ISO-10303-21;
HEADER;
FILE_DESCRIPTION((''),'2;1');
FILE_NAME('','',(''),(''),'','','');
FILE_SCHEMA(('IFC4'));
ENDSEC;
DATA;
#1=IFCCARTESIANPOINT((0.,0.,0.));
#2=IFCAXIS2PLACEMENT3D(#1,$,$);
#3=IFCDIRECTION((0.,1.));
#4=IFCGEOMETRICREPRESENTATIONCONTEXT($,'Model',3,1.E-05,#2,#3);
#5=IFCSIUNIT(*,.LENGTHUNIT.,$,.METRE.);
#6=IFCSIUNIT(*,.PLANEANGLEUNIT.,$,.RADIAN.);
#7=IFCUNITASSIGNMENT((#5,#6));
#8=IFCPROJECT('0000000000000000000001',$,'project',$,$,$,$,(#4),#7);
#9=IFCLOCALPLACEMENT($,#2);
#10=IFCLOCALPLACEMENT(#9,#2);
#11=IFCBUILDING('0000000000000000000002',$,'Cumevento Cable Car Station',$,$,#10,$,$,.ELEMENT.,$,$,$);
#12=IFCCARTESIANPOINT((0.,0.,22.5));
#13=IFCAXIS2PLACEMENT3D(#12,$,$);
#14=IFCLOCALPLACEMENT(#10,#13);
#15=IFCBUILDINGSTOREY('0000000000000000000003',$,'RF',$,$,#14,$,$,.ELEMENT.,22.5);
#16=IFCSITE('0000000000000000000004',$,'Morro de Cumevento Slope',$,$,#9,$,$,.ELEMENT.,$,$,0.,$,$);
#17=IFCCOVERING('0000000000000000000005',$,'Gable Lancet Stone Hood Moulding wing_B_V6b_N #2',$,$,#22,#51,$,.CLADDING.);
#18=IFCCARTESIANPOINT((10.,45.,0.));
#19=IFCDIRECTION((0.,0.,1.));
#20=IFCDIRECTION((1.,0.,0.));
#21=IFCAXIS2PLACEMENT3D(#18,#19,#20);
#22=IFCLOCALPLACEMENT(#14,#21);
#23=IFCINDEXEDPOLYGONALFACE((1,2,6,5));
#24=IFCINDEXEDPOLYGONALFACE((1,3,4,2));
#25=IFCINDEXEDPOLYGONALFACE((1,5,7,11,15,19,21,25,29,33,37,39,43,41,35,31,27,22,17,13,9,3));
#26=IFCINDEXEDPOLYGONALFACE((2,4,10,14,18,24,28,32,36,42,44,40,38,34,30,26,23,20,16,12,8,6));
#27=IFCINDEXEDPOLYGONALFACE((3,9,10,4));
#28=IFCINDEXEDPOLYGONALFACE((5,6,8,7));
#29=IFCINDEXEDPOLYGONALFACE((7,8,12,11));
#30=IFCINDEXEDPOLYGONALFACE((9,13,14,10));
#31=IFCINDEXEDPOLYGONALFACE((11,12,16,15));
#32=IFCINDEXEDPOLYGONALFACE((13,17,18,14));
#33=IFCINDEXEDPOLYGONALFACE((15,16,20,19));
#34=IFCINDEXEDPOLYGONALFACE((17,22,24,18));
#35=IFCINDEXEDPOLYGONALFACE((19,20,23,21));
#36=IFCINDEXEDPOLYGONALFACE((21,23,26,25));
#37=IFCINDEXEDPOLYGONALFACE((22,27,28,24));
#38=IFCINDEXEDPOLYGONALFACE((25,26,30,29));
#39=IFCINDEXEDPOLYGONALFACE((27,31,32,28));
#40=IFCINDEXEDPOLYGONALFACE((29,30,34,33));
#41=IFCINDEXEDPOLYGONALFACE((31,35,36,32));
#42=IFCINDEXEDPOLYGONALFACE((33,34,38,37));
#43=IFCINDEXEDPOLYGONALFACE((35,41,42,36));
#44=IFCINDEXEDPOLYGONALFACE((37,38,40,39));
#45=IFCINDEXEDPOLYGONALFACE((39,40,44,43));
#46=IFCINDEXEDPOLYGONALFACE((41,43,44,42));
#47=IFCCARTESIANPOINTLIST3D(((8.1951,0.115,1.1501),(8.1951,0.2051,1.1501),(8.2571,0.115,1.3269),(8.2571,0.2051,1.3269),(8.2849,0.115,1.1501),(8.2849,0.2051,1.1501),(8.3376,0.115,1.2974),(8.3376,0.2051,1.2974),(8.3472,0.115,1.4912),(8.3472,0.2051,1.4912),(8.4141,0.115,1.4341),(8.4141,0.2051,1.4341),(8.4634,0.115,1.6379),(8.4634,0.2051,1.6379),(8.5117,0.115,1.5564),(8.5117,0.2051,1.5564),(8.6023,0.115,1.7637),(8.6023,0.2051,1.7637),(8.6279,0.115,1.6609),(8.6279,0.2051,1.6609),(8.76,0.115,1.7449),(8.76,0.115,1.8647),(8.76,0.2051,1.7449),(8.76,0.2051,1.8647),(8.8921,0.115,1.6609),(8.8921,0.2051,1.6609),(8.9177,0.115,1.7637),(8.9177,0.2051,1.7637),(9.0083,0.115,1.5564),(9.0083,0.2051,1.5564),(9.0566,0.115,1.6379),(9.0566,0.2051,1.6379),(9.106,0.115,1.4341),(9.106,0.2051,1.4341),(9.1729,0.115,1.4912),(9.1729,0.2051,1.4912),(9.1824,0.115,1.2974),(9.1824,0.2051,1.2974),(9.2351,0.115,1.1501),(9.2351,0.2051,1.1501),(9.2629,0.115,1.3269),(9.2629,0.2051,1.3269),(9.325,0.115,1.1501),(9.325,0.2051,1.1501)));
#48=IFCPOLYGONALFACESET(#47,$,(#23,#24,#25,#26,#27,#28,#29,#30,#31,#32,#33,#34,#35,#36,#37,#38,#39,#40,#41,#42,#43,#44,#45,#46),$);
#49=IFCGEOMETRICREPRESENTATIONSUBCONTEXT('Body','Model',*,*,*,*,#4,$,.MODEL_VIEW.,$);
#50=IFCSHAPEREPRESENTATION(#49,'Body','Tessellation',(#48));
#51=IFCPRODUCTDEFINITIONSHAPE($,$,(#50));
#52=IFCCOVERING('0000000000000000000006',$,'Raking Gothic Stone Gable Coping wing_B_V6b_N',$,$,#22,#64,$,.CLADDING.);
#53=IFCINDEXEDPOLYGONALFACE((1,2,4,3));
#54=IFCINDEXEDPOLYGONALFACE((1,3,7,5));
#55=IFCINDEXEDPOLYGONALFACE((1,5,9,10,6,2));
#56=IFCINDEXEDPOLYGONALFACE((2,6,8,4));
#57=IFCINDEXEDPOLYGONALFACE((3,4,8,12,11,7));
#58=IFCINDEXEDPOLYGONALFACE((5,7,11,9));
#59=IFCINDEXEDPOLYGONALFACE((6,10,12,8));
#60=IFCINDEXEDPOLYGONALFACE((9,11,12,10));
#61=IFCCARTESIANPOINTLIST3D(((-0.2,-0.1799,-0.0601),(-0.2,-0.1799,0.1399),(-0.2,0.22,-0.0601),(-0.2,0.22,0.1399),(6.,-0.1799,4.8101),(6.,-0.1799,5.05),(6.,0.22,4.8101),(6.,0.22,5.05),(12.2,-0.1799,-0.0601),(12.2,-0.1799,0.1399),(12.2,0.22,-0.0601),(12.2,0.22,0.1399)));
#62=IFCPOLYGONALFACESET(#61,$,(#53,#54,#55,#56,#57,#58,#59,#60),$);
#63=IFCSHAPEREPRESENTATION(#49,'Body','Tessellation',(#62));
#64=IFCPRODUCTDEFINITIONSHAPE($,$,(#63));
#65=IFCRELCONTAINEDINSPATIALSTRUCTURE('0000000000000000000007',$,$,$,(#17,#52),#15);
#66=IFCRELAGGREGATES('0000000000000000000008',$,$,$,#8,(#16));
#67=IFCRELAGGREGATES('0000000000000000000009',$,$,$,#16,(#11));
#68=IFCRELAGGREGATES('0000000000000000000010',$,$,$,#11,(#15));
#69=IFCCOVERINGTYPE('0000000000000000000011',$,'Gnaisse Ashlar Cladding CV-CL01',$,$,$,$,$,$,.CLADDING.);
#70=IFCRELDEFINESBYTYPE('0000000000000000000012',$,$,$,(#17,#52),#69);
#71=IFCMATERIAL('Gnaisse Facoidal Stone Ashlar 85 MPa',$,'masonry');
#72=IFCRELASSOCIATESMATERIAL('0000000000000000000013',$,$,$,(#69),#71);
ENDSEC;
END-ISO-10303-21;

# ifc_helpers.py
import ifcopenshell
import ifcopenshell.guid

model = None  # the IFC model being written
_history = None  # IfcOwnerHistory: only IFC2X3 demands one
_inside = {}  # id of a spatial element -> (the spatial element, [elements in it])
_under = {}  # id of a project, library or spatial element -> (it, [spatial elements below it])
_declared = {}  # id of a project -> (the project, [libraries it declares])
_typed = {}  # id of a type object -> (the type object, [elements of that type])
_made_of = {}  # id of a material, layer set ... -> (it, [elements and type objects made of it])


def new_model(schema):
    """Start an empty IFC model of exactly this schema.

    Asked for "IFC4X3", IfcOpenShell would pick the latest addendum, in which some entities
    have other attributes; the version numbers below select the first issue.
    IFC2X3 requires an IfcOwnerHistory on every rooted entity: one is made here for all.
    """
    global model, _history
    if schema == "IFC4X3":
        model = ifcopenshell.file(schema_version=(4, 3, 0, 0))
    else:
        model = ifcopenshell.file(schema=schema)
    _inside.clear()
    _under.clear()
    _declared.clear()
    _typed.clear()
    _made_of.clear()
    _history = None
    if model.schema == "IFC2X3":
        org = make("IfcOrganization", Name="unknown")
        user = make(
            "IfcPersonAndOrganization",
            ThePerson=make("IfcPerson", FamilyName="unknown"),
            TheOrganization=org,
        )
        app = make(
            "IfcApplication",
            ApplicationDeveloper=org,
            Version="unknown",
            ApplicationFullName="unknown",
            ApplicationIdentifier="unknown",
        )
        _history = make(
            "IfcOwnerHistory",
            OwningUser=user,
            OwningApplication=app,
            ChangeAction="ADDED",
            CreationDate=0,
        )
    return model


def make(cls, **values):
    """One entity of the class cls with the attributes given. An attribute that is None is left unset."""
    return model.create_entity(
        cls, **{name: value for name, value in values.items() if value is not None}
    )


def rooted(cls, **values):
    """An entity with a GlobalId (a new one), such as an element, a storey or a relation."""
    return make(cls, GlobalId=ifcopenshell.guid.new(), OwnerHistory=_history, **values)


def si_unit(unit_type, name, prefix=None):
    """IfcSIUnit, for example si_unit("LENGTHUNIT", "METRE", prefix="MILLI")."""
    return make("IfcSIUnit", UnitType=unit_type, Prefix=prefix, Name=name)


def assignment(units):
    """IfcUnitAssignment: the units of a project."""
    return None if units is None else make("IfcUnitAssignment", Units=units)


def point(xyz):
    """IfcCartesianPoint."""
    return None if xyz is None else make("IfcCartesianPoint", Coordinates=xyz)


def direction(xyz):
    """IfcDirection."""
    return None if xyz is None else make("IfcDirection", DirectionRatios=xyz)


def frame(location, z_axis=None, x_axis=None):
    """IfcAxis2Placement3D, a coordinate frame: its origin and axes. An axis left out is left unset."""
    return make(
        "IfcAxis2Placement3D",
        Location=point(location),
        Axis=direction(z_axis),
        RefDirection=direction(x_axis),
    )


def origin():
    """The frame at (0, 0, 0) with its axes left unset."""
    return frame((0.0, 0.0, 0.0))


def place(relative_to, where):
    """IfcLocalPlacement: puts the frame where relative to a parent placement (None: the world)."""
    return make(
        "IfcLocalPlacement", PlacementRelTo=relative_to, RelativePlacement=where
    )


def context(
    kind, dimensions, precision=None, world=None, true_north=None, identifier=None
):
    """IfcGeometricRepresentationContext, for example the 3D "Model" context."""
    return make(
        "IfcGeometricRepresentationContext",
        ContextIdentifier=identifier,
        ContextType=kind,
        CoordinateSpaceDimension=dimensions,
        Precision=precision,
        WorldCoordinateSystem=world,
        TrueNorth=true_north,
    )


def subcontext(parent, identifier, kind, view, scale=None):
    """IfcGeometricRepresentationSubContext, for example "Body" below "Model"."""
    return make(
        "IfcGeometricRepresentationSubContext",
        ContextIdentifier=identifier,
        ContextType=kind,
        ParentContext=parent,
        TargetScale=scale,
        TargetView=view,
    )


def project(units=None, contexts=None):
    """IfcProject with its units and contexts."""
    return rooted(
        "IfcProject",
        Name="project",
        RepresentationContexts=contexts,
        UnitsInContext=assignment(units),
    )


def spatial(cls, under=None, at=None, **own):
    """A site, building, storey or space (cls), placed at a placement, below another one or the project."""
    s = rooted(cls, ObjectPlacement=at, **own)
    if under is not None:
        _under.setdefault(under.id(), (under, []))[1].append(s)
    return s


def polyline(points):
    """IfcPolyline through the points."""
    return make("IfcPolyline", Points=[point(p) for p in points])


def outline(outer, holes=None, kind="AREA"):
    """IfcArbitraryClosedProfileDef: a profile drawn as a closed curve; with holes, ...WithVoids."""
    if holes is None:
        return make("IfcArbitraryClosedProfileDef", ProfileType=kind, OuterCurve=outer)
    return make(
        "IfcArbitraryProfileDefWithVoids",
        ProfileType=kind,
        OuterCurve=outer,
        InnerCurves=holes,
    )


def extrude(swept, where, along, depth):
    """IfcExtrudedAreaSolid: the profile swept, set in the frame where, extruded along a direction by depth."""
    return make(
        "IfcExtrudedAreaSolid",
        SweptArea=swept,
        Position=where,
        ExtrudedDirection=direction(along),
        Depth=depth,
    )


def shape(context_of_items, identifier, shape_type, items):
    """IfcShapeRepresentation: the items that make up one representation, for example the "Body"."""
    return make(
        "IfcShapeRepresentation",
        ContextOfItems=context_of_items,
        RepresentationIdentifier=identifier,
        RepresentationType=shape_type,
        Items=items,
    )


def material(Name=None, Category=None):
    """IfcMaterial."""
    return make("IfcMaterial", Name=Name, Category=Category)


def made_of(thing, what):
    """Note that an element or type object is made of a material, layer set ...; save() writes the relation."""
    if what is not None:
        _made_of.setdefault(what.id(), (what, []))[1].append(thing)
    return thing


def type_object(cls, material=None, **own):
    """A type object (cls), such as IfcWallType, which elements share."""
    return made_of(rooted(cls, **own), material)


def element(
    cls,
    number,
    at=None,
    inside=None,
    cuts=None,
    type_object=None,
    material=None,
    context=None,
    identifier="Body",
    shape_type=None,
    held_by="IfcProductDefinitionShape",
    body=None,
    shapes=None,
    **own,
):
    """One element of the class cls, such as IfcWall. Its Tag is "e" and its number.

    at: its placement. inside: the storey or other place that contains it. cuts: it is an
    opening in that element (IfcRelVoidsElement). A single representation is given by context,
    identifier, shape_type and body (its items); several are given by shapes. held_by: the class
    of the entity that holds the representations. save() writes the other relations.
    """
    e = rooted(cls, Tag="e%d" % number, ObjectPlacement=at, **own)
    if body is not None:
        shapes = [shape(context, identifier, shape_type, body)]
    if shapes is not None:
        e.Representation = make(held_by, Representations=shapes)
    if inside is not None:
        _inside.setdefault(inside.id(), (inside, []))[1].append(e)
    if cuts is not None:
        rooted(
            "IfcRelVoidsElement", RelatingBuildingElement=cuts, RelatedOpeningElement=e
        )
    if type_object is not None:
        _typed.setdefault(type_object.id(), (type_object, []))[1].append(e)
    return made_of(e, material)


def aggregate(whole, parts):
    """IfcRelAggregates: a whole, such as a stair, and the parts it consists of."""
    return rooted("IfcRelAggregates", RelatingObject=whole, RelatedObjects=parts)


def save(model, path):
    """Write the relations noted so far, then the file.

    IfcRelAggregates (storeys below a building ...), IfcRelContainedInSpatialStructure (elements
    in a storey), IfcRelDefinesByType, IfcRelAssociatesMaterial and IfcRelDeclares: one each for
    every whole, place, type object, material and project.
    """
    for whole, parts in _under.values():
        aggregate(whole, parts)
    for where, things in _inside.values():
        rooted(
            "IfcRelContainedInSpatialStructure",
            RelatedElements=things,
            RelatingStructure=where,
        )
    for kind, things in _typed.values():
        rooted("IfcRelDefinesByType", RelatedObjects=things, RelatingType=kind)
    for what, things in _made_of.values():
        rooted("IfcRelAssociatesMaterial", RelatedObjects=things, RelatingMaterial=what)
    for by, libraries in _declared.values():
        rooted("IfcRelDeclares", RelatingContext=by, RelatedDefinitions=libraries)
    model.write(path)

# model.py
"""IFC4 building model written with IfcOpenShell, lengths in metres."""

from ifc_helpers import new_model, si_unit, direction, frame, origin, place, context, subcontext, project, spatial, polyline, outline, extrude, material, type_object, element, save


model = new_model("IFC4")

# Units and contexts
model_context = context("Model", 3, precision=1e-05, world=origin(), true_north=direction((0.0, 1.0)))
body_context = subcontext(model_context, "Body", "Model", "MODEL_VIEW")
ifc_project = project(units=[si_unit("LENGTHUNIT", "METRE"), si_unit("PLANEANGLEUNIT", "RADIAN")], contexts=[model_context])

# Site, building, storey
site_placement = place(None, origin())
site = spatial("IfcSite", under=ifc_project, at=site_placement, Name="Morro de Cumevento Slope", CompositionType="ELEMENT", RefElevation=0.0)
building_placement = place(site_placement, origin())
building = spatial("IfcBuilding", under=site, at=building_placement, Name="Cumevento Cable Car Station", CompositionType="ELEMENT")
storey_placement = place(building_placement, frame((0.0, 0.0, 22.5)))
storey = spatial("IfcBuildingStorey", under=building, at=storey_placement, Name="RF", CompositionType="ELEMENT", Elevation=22.5)

# Coverings
ifc_material_1 = material(Name="Gnaisse Facoidal Stone Ashlar 85 MPa", Category="masonry")
covering_type_1 = type_object("IfcCoveringType", Name="Gnaisse Ashlar Cladding CV-CL01", PredefinedType="CLADDING", material=ifc_material_1)
placement = place(storey_placement, frame((10.0, 45.0, 0.0), z_axis=(0.0, 0.0, 1.0), x_axis=(1.0, 0.0, 0.0)))
element("IfcCovering", 1, at=placement, inside=storey, type_object=covering_type_1, Name="Gable Lancet Stone Hood Moulding wing_B_V6b_N #2", PredefinedType="CLADDING", context=body_context, shape_type="SweptSolid", body=[
    extrude(outline(polyline([(8.2849, 1.1501), (8.3376, 1.2974), (8.4141, 1.4341), (8.5117, 1.5564), (8.6279, 1.6609), (8.76, 1.7449), (8.8921, 1.6609), (9.0083, 1.5564), (9.106, 1.4341), (9.1824, 1.2974), (9.2351, 1.1501), (9.325, 1.1501), (9.2629, 1.3269), (9.1729, 1.4912), (9.0566, 1.6379), (8.9177, 1.7637), (8.76, 1.8647), (8.6023, 1.7637), (8.4634, 1.6379), (8.3472, 1.4912), (8.2571, 1.3269), (8.1951, 1.1501), (8.2849, 1.1501)])), frame((0.0, 0.2051, 0.0), z_axis=(0.0, -1.0, 0.0), x_axis=(1.0, 0.0, 0.0)), (0.0, 0.0, 1.0), 0.0901),
])
element("IfcCovering", 2, at=placement, inside=storey, type_object=covering_type_1, Name="Raking Gothic Stone Gable Coping wing_B_V6b_N", PredefinedType="CLADDING", context=body_context, shape_type="SweptSolid", body=[
    extrude(outline(polyline([(-0.2, -0.0601), (6.0, 4.8101), (12.2, -0.0601), (12.2, 0.1399), (6.0, 5.05), (-0.2, 0.1399), (-0.2, -0.0601)])), frame((0.0, 0.22, 0.0), z_axis=(0.0, -1.0, 0.0), x_axis=(1.0, 0.0, 0.0)), (0.0, 0.0, 1.0), 0.3999),
])

save(model, "model.ifc")
